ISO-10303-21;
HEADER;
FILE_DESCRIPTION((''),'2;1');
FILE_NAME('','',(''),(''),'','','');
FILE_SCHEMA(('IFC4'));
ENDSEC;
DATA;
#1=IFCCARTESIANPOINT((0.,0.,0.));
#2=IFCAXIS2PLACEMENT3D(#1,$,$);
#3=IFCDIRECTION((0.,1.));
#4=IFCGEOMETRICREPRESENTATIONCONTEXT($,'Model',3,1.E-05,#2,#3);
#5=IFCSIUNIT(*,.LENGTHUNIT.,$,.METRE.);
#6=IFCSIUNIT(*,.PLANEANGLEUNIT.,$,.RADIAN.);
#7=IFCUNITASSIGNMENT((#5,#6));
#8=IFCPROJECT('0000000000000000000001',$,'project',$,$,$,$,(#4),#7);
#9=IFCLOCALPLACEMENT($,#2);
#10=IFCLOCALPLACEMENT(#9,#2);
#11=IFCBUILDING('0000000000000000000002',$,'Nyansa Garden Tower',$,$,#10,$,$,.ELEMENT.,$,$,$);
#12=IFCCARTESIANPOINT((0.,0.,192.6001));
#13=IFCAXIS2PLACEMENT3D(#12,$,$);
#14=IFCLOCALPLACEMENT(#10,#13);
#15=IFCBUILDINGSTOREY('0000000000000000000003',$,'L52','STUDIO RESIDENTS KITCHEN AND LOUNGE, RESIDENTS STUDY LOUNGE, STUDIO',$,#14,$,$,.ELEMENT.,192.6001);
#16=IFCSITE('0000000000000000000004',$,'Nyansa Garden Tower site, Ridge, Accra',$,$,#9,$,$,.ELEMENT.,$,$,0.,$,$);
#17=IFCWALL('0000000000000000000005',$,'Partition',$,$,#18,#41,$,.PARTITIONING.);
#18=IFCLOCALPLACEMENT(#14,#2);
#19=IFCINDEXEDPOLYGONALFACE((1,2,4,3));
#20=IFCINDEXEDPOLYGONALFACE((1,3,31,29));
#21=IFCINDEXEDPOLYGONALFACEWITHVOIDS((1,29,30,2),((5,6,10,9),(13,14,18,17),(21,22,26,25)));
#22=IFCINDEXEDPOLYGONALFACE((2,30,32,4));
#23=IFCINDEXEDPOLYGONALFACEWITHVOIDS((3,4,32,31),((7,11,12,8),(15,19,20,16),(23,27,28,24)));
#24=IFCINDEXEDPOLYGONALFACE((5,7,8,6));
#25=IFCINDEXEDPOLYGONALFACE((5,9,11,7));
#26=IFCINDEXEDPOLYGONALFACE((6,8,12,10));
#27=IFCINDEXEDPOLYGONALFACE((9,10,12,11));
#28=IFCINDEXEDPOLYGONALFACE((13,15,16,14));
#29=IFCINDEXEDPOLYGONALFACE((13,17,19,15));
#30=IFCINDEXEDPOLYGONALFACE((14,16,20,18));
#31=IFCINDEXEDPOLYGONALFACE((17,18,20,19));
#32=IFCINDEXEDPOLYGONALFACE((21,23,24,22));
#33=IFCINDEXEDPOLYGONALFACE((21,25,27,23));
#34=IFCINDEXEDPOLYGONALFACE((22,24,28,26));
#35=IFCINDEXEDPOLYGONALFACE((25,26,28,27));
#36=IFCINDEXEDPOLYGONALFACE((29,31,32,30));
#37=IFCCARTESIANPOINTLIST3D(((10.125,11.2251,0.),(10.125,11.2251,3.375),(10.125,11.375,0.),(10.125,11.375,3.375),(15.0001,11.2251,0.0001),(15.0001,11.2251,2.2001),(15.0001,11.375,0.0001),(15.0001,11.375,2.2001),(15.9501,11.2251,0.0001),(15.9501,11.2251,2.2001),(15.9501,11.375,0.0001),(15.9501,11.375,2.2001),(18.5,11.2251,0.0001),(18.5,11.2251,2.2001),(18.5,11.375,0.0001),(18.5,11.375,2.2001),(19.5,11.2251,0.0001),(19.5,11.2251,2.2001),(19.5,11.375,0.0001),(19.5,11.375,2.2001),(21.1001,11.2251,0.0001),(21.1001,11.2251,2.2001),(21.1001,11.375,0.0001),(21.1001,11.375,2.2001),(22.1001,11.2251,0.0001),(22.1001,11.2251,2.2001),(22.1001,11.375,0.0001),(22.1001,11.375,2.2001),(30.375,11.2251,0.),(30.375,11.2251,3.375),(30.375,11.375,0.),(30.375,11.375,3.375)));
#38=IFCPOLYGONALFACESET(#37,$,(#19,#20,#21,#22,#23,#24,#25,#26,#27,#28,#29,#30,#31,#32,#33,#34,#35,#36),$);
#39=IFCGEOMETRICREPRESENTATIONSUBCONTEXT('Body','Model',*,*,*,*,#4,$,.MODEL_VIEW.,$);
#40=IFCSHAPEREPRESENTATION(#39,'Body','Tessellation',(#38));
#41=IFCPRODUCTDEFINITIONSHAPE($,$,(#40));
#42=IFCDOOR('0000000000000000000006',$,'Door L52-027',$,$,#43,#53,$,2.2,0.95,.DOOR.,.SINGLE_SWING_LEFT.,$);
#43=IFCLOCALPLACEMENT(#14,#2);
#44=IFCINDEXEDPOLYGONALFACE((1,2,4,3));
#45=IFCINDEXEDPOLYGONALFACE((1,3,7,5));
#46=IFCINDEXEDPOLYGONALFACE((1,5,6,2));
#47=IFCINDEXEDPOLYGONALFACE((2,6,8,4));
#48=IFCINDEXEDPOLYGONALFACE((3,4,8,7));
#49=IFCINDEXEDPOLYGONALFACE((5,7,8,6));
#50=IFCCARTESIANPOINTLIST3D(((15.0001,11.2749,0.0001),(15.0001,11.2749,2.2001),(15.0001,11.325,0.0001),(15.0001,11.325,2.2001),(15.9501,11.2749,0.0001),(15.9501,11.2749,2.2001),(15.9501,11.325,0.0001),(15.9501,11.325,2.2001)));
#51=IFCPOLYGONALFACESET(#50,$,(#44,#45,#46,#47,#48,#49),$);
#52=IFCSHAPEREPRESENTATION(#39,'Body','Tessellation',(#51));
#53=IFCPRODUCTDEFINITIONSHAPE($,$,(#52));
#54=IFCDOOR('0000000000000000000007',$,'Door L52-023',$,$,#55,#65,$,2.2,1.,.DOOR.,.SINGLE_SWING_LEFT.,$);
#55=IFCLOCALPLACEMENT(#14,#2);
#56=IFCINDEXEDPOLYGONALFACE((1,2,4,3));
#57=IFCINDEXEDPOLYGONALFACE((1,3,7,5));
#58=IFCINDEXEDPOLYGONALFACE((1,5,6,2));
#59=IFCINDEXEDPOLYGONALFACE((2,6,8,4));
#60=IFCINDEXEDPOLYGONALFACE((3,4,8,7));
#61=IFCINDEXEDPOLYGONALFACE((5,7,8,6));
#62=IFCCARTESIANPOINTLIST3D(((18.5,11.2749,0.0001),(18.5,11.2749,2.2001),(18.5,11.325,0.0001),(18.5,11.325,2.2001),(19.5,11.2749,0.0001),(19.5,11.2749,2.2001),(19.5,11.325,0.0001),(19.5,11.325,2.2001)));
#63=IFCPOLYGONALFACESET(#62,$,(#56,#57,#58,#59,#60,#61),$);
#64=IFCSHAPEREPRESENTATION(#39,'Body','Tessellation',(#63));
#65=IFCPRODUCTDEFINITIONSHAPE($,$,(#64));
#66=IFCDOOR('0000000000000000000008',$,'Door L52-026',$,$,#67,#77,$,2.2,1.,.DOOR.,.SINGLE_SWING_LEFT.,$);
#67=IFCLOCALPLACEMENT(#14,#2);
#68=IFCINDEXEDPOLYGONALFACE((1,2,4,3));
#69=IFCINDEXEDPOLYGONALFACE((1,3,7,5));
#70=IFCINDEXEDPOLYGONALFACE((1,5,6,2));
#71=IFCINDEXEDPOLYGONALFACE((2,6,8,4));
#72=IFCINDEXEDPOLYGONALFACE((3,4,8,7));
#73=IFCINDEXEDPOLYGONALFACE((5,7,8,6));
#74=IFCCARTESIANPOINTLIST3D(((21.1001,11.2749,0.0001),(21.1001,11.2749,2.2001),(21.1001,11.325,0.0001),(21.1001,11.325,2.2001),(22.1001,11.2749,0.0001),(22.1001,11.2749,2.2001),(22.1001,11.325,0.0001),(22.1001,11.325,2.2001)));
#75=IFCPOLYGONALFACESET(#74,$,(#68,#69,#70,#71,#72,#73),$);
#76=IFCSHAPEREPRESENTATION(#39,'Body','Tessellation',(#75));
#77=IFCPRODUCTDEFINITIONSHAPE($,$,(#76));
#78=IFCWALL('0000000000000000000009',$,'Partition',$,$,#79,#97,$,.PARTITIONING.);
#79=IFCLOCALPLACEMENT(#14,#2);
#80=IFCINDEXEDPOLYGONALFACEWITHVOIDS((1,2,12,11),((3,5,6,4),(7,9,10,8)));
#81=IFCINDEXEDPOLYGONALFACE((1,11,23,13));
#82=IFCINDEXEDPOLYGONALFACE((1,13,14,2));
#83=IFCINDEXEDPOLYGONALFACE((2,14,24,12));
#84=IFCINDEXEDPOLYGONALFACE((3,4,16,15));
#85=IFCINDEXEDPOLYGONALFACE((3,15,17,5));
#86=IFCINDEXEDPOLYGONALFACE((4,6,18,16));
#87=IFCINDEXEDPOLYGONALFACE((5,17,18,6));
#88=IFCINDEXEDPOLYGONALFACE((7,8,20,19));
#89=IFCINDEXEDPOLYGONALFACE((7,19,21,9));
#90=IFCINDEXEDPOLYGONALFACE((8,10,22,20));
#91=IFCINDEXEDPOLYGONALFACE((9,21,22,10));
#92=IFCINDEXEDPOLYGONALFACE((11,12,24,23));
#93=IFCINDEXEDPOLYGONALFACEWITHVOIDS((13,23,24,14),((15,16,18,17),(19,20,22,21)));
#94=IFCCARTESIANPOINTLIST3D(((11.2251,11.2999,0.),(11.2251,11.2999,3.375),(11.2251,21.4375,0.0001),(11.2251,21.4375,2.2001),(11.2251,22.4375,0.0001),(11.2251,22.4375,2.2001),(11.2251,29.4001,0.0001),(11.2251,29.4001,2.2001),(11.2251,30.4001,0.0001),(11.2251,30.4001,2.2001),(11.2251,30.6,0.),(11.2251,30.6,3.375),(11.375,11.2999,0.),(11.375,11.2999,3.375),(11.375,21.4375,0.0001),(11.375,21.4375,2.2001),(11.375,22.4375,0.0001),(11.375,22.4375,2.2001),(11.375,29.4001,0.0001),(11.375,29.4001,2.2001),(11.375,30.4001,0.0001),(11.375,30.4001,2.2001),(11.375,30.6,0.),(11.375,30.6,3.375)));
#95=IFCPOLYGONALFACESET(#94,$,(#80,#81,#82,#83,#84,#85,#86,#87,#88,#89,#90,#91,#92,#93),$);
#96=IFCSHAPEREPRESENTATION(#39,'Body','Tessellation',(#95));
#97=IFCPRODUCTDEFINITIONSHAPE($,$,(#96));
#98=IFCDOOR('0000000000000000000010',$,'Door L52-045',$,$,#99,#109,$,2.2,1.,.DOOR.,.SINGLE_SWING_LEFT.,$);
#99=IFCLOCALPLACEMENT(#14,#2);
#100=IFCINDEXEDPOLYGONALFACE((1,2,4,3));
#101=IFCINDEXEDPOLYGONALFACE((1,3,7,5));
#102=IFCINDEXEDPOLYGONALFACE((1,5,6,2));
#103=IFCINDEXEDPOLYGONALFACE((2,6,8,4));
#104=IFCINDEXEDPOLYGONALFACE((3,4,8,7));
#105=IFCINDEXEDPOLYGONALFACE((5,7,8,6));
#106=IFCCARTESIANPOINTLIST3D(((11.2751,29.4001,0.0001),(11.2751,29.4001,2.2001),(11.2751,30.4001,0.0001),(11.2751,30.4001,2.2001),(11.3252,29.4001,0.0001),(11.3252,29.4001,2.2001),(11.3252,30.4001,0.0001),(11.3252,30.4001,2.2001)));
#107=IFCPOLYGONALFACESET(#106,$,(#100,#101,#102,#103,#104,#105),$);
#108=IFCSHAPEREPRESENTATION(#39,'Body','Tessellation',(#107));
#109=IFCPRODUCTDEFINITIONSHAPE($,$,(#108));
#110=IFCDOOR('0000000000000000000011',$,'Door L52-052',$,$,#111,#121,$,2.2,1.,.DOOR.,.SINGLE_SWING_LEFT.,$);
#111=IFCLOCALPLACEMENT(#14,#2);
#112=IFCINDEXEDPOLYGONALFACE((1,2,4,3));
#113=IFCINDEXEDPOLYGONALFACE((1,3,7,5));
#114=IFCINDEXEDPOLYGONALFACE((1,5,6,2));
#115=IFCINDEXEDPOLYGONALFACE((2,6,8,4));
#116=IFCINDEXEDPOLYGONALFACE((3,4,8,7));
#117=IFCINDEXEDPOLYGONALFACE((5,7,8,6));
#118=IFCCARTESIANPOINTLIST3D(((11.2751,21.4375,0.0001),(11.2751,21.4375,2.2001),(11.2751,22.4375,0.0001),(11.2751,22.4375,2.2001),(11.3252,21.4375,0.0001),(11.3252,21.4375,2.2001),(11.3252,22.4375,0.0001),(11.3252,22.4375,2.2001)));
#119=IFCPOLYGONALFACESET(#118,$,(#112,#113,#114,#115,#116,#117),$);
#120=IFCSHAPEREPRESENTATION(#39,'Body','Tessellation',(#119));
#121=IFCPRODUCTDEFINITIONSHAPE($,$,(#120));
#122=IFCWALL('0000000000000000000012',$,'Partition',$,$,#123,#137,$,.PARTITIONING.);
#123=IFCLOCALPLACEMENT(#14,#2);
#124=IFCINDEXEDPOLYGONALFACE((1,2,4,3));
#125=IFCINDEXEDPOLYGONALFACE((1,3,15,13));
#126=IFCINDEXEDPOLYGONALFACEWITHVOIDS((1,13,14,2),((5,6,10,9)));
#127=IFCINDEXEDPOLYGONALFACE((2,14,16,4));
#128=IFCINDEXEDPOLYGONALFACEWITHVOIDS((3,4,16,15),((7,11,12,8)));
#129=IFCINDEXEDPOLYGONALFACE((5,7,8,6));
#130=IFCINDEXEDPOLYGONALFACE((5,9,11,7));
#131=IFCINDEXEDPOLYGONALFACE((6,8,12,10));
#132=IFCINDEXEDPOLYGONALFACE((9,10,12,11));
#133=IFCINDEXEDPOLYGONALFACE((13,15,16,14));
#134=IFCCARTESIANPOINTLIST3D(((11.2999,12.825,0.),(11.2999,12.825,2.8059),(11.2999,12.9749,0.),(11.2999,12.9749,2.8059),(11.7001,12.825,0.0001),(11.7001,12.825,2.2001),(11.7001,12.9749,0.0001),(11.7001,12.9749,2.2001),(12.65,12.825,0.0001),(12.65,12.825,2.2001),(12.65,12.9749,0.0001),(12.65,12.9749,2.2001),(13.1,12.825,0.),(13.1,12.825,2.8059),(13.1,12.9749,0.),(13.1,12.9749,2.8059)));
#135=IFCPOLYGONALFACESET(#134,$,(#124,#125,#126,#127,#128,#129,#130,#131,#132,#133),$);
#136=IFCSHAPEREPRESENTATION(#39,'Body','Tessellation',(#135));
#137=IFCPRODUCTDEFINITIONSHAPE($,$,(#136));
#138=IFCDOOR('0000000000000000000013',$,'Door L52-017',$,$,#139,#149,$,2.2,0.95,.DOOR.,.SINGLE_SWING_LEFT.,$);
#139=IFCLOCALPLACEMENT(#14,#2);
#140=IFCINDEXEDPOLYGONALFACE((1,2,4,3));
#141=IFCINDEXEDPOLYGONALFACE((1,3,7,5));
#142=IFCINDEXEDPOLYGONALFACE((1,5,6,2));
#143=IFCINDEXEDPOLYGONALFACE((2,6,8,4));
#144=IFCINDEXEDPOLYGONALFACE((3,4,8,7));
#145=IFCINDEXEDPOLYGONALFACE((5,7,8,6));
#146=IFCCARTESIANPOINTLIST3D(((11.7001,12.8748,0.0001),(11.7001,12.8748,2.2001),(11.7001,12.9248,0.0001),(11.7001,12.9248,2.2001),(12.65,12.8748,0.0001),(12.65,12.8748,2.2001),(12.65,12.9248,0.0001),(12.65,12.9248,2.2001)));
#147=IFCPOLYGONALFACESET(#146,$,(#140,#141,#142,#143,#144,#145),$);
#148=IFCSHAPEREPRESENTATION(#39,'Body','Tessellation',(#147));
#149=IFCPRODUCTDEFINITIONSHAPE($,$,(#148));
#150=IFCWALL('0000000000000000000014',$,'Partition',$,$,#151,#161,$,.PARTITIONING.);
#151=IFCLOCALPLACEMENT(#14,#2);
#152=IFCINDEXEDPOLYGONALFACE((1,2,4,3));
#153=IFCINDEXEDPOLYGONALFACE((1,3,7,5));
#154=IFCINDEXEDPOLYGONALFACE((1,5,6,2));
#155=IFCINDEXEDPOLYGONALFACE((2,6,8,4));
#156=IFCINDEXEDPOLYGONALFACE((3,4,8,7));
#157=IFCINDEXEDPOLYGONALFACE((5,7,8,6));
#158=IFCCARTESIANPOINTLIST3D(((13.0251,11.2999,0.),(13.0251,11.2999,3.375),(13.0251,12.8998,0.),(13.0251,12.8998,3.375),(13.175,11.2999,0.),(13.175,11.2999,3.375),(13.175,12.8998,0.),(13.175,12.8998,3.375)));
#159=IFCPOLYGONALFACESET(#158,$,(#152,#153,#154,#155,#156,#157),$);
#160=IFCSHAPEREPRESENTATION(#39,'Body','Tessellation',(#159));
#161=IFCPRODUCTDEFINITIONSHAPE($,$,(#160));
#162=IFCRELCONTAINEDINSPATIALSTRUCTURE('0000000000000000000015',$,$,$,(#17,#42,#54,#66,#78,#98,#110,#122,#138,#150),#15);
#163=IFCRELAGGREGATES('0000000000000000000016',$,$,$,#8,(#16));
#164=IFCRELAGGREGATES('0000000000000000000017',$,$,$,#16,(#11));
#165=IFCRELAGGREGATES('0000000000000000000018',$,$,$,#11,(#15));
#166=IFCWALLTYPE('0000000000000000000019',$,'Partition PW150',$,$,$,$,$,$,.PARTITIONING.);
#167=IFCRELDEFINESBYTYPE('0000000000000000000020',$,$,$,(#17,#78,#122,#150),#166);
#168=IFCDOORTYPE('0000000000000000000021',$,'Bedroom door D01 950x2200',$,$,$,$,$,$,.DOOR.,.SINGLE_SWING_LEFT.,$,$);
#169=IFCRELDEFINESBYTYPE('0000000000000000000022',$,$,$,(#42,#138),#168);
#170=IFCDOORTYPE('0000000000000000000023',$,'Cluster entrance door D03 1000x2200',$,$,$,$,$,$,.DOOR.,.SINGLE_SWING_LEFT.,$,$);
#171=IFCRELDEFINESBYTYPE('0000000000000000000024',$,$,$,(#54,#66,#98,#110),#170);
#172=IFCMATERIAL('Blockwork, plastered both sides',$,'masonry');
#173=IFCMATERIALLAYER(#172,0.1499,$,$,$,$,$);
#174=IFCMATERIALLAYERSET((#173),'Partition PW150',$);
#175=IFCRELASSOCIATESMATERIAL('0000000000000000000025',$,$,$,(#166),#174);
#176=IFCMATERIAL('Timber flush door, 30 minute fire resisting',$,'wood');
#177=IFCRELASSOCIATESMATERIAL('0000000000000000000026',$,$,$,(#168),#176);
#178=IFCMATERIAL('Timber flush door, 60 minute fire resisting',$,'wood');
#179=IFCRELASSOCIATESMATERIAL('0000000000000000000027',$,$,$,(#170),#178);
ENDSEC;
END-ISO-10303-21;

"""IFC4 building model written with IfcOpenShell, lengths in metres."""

from ifc_helpers import new_model, si_unit, direction, frame, frame_2d, origin, place, context, subcontext, project, spatial, rectangle, extrude, material, layer, layer_set, type_object, element, fill, save


model = new_model("IFC4")

# Units and contexts
model_context = context("Model", 3, precision=1e-05, world=origin(), true_north=direction((0.0, 1.0)))
body_context = subcontext(model_context, "Body", "Model", "MODEL_VIEW")
ifc_project = project(units=[si_unit("LENGTHUNIT", "METRE"), si_unit("PLANEANGLEUNIT", "RADIAN")], contexts=[model_context])

# Site, building, storey
site_placement = place(None, origin())
site = spatial("IfcSite", under=ifc_project, at=site_placement, Name="Nyansa Garden Tower site, Ridge, Accra", CompositionType="ELEMENT", RefElevation=0.0)
building_placement = place(site_placement, origin())
building = spatial("IfcBuilding", under=site, at=building_placement, Name="Nyansa Garden Tower", CompositionType="ELEMENT")
storey_placement = place(building_placement, frame((0.0, 0.0, 192.6001)))
storey = spatial("IfcBuildingStorey", under=building, at=storey_placement, Name="L52", Description="STUDIO RESIDENTS KITCHEN AND LOUNGE, RESIDENTS STUDY LOUNGE, STUDIO", CompositionType="ELEMENT", Elevation=192.6001)

# Shared definitions
ifc_material_1 = material(Name="Blockwork, plastered both sides", Category="masonry")
ifc_layer_1 = layer(ifc_material_1, 0.1499)
ifc_layer_set_1 = layer_set([ifc_layer_1], Name="Partition PW150")
wall_type_1 = type_object("IfcWallType", Name="Partition PW150", PredefinedType="PARTITIONING", material=ifc_layer_set_1)
ifc_material_2 = material(Name="Timber flush door, 30 minute fire resisting", Category="wood")
door_type_1 = type_object("IfcDoorType", Name="Bedroom door D01 950x2200", OperationType="SINGLE_SWING_LEFT", PredefinedType="DOOR", material=ifc_material_2)

# Walls, openings, doors
wall_1_placement = place(storey_placement, frame((10.125, 11.3, 0.0), z_axis=(0.0, 0.0, 1.0), x_axis=(1.0, 0.0, 0.0)))
wall_1 = element("IfcWall", 1, at=wall_1_placement, inside=storey, type_object=wall_type_1, Name="Partition", PredefinedType="PARTITIONING", context=body_context, shape_type="SweptSolid", body=[
    extrude(rectangle(XDim=20.25, YDim=0.1499, at=frame_2d((10.125, 0.0))), origin(), (0.0, 0.0, 1.0), 3.375),
])
opening_1_placement = place(wall_1_placement, frame((8.375, 0.0, 0.0)))
opening_1 = element("IfcOpeningElement", 2, at=opening_1_placement, cuts=wall_1, PredefinedType="OPENING", context=body_context, shape_type="SweptSolid", body=[
    extrude(rectangle(XDim=1.0, YDim=2.2, at=frame_2d((0.5, 1.1001))), frame((0.0, 0.085, 0.0), z_axis=(0.0, -1.0, 0.0), x_axis=(1.0, 0.0, 0.0)), (0.0, 0.0, 1.0), 0.1699),
])
opening_2_placement = place(wall_1_placement, frame((10.9751, 0.0, 0.0)))
opening_2 = element("IfcOpeningElement", 3, at=opening_2_placement, cuts=wall_1, PredefinedType="OPENING", context=body_context, shape_type="SweptSolid", body=[
    extrude(rectangle(XDim=1.0, YDim=2.2, at=frame_2d((0.5, 1.1001))), frame((0.0, 0.085, 0.0), z_axis=(0.0, -1.0, 0.0), x_axis=(1.0, 0.0, 0.0)), (0.0, 0.0, 1.0), 0.1699),
])
opening_3_placement = place(wall_1_placement, frame((4.875, 0.0, 0.0)))
opening_3 = element("IfcOpeningElement", 4, at=opening_3_placement, cuts=wall_1, PredefinedType="OPENING", context=body_context, shape_type="SweptSolid", body=[
    extrude(rectangle(XDim=0.95, YDim=2.2, at=frame_2d((0.4751, 1.1001))), frame((0.0, 0.085, 0.0), z_axis=(0.0, -1.0, 0.0), x_axis=(1.0, 0.0, 0.0)), (0.0, 0.0, 1.0), 0.1699),
])
door_1_placement = place(opening_3_placement, origin())
door_1 = element("IfcDoor", 5, at=door_1_placement, inside=storey, type_object=door_type_1, Name="Door L52-027", OperationType="SINGLE_SWING_LEFT", OverallHeight=2.2, OverallWidth=0.95, PredefinedType="DOOR", context=body_context, shape_type="SweptSolid", body=[
    extrude(rectangle(XDim=0.95, YDim=2.2, at=frame_2d((0.4751, 1.1001))), frame((0.0, 0.0249, 0.0), z_axis=(0.0, -1.0, 0.0), x_axis=(1.0, 0.0, 0.0)), (0.0, 0.0, 1.0), 0.05),
])
fill(opening_3, door_1)
ifc_material_3 = material(Name="Timber flush door, 60 minute fire resisting", Category="wood")
door_type_2 = type_object("IfcDoorType", Name="Cluster entrance door D03 1000x2200", OperationType="SINGLE_SWING_LEFT", PredefinedType="DOOR", material=ifc_material_3)
door_2_placement = place(opening_1_placement, origin())
door_2 = element("IfcDoor", 6, at=door_2_placement, inside=storey, type_object=door_type_2, Name="Door L52-023", OperationType="SINGLE_SWING_LEFT", OverallHeight=2.2, OverallWidth=1.0, PredefinedType="DOOR", context=body_context, shape_type="SweptSolid", body=[
    extrude(rectangle(XDim=1.0, YDim=2.2, at=frame_2d((0.5, 1.1001))), frame((0.0, 0.0249, 0.0), z_axis=(0.0, -1.0, 0.0), x_axis=(1.0, 0.0, 0.0)), (0.0, 0.0, 1.0), 0.05),
])
fill(opening_1, door_2)
door_3_placement = place(opening_2_placement, origin())
door_3 = element("IfcDoor", 7, at=door_3_placement, inside=storey, type_object=door_type_2, Name="Door L52-026", OperationType="SINGLE_SWING_LEFT", OverallHeight=2.2, OverallWidth=1.0, PredefinedType="DOOR", context=body_context, shape_type="SweptSolid", body=[
    extrude(rectangle(XDim=1.0, YDim=2.2, at=frame_2d((0.5, 1.1001))), frame((0.0, 0.0249, 0.0), z_axis=(0.0, -1.0, 0.0), x_axis=(1.0, 0.0, 0.0)), (0.0, 0.0, 1.0), 0.05),
])
fill(opening_2, door_3)
wall_2_placement = place(storey_placement, frame((11.3, 11.3, 0.0), z_axis=(0.0, 0.0, 1.0), x_axis=(0.0, 1.0, 0.0)))
wall_2 = element("IfcWall", 8, at=wall_2_placement, inside=storey, type_object=wall_type_1, Name="Partition", PredefinedType="PARTITIONING", context=body_context, shape_type="SweptSolid", body=[
    extrude(rectangle(XDim=19.3, YDim=0.1499, at=frame_2d((9.6499, 0.0))), origin(), (0.0, 0.0, 1.0), 3.375),
])
opening_4_placement = place(wall_2_placement, frame((18.1001, 0.0, 0.0)))
opening_4 = element("IfcOpeningElement", 9, at=opening_4_placement, cuts=wall_2, PredefinedType="OPENING", context=body_context, shape_type="SweptSolid", body=[
    extrude(rectangle(XDim=1.0, YDim=2.2, at=frame_2d((0.5, 1.1001))), frame((0.0, 0.085, 0.0), z_axis=(0.0, -1.0, 0.0), x_axis=(1.0, 0.0, 0.0)), (0.0, 0.0, 1.0), 0.1699),
])
opening_5_placement = place(wall_2_placement, frame((10.1375, 0.0, 0.0)))
opening_5 = element("IfcOpeningElement", 10, at=opening_5_placement, cuts=wall_2, PredefinedType="OPENING", context=body_context, shape_type="SweptSolid", body=[
    extrude(rectangle(XDim=1.0, YDim=2.2, at=frame_2d((0.5, 1.1001))), frame((0.0, 0.085, 0.0), z_axis=(0.0, -1.0, 0.0), x_axis=(1.0, 0.0, 0.0)), (0.0, 0.0, 1.0), 0.1699),
])
door_4_placement = place(opening_4_placement, origin())
door_4 = element("IfcDoor", 11, at=door_4_placement, inside=storey, type_object=door_type_2, Name="Door L52-045", OperationType="SINGLE_SWING_LEFT", OverallHeight=2.2, OverallWidth=1.0, PredefinedType="DOOR", context=body_context, shape_type="SweptSolid", body=[
    extrude(rectangle(XDim=1.0, YDim=2.2, at=frame_2d((0.5, 1.1001))), frame((0.0, 0.0249, 0.0), z_axis=(0.0, -1.0, 0.0), x_axis=(1.0, 0.0, 0.0)), (0.0, 0.0, 1.0), 0.05),
])
fill(opening_4, door_4)
door_5_placement = place(opening_5_placement, origin())
door_5 = element("IfcDoor", 12, at=door_5_placement, inside=storey, type_object=door_type_2, Name="Door L52-052", OperationType="SINGLE_SWING_LEFT", OverallHeight=2.2, OverallWidth=1.0, PredefinedType="DOOR", context=body_context, shape_type="SweptSolid", body=[
    extrude(rectangle(XDim=1.0, YDim=2.2, at=frame_2d((0.5, 1.1001))), frame((0.0, 0.0249, 0.0), z_axis=(0.0, -1.0, 0.0), x_axis=(1.0, 0.0, 0.0)), (0.0, 0.0, 1.0), 0.05),
])
fill(opening_5, door_5)

# Wall, opening, door
wall_3_placement = place(storey_placement, frame((11.3, 12.8999, 0.0), z_axis=(0.0, 0.0, 1.0), x_axis=(1.0, 0.0, 0.0)))
wall_3 = element("IfcWall", 13, at=wall_3_placement, inside=storey, type_object=wall_type_1, Name="Partition", PredefinedType="PARTITIONING", context=body_context, shape_type="SweptSolid", body=[
    extrude(rectangle(XDim=1.8, YDim=0.1499, at=frame_2d((0.8999, 0.0))), origin(), (0.0, 0.0, 1.0), 2.8059),
])
opening_6_placement = place(wall_3_placement, frame((0.3999, 0.0, 0.0)))
opening_6 = element("IfcOpeningElement", 14, at=opening_6_placement, cuts=wall_3, PredefinedType="OPENING", context=body_context, shape_type="SweptSolid", body=[
    extrude(rectangle(XDim=0.95, YDim=2.2, at=frame_2d((0.4751, 1.1001))), frame((0.0, 0.085, 0.0), z_axis=(0.0, -1.0, 0.0), x_axis=(1.0, 0.0, 0.0)), (0.0, 0.0, 1.0), 0.1699),
])
door_6_placement = place(opening_6_placement, origin())
door_6 = element("IfcDoor", 15, at=door_6_placement, inside=storey, type_object=door_type_1, Name="Door L52-017", OperationType="SINGLE_SWING_LEFT", OverallHeight=2.2, OverallWidth=0.95, PredefinedType="DOOR", context=body_context, shape_type="SweptSolid", body=[
    extrude(rectangle(XDim=0.95, YDim=2.2, at=frame_2d((0.4751, 1.1001))), frame((0.0, 0.0249, 0.0), z_axis=(0.0, -1.0, 0.0), x_axis=(1.0, 0.0, 0.0)), (0.0, 0.0, 1.0), 0.05),
])
fill(opening_6, door_6)

# Wall
wall_4_placement = place(storey_placement, frame((13.1001, 11.3, 0.0), z_axis=(0.0, 0.0, 1.0), x_axis=(0.0, 1.0, 0.0)))
element("IfcWall", 16, at=wall_4_placement, inside=storey, type_object=wall_type_1, Name="Partition", PredefinedType="PARTITIONING", context=body_context, shape_type="SweptSolid", body=[
    extrude(rectangle(XDim=1.5999, YDim=0.1499, at=frame_2d((0.7998, 0.0))), origin(), (0.0, 0.0, 1.0), 3.375),
])

save(model, "model.ifc")
